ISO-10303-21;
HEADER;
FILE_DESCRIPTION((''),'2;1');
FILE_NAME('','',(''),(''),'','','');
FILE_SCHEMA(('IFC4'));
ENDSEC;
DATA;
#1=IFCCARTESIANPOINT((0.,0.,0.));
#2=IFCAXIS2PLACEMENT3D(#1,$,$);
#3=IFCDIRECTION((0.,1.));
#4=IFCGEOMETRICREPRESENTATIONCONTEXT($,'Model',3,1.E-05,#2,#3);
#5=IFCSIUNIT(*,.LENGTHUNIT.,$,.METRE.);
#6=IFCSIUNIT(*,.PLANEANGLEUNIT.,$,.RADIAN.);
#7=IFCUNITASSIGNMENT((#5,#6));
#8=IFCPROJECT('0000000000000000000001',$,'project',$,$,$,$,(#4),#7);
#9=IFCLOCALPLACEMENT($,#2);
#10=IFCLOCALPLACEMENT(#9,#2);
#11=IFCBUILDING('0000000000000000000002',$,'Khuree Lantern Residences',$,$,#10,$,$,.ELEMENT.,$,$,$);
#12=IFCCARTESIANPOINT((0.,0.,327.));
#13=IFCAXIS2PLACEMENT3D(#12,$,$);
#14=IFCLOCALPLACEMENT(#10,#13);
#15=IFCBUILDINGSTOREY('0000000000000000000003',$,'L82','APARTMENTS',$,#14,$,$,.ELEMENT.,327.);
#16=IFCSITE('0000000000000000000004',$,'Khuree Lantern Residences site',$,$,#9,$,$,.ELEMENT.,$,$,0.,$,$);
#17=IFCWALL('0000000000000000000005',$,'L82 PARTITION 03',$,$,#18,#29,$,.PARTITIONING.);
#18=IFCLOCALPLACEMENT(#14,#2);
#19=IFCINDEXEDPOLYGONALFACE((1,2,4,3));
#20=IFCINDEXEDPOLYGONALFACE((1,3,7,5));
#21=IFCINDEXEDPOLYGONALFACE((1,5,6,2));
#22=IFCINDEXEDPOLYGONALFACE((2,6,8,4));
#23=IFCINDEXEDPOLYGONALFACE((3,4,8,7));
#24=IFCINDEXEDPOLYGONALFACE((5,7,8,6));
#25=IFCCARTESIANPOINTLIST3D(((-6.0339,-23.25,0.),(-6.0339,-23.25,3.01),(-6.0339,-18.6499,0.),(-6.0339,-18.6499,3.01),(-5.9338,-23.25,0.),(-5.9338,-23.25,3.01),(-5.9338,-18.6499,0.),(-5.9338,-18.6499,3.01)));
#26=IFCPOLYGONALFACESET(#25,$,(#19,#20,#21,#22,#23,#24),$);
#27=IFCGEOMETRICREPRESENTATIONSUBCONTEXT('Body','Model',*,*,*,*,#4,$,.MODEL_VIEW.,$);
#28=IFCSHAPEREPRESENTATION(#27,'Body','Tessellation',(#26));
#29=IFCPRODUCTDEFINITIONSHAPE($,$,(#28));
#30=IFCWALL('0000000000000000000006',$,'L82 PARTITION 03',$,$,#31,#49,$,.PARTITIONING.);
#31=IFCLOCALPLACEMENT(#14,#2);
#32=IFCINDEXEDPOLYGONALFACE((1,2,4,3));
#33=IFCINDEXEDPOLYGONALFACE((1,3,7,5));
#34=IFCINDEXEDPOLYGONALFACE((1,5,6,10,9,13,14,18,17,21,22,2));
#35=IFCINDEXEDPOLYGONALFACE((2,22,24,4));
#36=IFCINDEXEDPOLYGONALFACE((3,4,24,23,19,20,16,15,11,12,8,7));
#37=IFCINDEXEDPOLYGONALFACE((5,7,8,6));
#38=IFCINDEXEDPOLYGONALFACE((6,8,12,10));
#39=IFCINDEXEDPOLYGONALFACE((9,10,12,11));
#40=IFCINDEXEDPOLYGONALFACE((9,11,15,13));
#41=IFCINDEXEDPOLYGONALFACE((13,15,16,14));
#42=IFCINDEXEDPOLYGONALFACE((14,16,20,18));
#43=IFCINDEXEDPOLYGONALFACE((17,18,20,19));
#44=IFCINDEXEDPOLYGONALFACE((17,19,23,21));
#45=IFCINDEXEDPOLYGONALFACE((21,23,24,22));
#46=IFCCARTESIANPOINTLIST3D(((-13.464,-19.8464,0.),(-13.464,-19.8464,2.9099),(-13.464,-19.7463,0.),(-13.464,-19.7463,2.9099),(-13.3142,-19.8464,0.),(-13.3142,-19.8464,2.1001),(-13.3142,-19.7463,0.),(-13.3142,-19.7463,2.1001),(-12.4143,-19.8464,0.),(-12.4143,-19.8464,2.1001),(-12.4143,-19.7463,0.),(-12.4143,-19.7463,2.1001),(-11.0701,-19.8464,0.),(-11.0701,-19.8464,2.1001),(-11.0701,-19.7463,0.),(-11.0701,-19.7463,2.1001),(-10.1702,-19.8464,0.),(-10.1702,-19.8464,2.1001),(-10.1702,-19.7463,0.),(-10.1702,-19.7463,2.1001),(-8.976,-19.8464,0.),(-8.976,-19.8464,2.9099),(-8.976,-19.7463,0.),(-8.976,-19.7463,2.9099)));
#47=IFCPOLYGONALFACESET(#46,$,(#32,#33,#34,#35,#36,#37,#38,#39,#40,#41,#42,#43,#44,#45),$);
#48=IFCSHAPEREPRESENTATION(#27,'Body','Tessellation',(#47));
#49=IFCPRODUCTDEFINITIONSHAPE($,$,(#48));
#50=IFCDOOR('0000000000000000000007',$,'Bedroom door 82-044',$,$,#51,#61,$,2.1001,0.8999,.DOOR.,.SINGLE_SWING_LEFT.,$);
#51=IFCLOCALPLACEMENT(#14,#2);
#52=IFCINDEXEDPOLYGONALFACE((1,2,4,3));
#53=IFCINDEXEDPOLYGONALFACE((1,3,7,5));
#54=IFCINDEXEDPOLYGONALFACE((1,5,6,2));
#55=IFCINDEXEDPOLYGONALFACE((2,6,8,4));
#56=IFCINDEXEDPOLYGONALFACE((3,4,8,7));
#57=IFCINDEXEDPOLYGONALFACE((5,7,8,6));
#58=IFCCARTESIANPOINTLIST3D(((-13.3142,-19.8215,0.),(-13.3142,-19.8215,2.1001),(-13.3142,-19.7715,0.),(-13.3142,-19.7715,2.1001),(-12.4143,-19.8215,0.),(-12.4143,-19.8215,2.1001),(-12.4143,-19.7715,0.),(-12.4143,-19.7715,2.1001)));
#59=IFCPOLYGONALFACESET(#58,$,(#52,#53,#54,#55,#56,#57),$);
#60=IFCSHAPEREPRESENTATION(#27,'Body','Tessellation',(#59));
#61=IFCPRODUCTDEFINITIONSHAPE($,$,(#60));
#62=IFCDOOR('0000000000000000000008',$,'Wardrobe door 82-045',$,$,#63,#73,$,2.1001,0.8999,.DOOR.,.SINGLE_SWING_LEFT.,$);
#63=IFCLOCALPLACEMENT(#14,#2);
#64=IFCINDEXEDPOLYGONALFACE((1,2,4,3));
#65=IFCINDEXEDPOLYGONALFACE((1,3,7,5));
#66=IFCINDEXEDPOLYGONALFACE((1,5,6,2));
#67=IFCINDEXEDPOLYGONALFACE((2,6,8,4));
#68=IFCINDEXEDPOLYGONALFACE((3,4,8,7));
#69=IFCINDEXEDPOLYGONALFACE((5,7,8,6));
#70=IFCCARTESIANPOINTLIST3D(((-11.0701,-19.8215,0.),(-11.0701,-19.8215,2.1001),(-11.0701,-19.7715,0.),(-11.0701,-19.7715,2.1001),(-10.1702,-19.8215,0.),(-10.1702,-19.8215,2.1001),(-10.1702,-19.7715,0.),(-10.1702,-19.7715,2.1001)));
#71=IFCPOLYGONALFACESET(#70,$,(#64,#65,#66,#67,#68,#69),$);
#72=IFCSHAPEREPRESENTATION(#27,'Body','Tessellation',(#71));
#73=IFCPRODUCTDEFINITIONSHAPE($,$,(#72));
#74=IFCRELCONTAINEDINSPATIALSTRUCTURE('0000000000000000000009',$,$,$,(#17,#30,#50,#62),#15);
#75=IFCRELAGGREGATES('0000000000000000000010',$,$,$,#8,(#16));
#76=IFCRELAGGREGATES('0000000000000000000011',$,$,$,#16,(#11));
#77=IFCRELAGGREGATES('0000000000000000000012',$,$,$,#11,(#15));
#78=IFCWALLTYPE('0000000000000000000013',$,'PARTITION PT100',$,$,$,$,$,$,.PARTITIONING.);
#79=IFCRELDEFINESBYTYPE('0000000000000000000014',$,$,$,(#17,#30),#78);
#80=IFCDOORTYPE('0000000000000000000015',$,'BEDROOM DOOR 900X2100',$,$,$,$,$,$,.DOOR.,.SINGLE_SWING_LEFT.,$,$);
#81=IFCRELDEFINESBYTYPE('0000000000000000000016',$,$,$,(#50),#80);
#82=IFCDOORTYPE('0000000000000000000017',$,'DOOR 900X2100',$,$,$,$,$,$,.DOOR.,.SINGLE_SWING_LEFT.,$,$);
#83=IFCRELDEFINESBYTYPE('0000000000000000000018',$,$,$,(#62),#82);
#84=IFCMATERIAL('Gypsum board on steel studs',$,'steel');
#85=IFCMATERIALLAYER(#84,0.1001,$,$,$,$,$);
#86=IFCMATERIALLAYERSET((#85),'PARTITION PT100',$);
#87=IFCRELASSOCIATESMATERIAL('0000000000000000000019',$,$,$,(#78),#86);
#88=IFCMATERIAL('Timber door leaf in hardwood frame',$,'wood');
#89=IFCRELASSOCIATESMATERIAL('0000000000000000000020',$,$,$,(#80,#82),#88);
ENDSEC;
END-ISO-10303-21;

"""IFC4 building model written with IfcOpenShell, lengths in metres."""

from ifc_helpers import new_model, si_unit, direction, frame, frame_2d, origin, place, context, subcontext, project, spatial, rectangle, extrude, material, layer, layer_set, type_object, element, fill, save


model = new_model("IFC4")

# Units and contexts
model_context = context("Model", 3, precision=1e-05, world=origin(), true_north=direction((0.0, 1.0)))
body_context = subcontext(model_context, "Body", "Model", "MODEL_VIEW")
ifc_project = project(units=[si_unit("LENGTHUNIT", "METRE"), si_unit("PLANEANGLEUNIT", "RADIAN")], contexts=[model_context])

# Site, building, storey
site_placement = place(None, origin())
site = spatial("IfcSite", under=ifc_project, at=site_placement, Name="Khuree Lantern Residences site", CompositionType="ELEMENT", RefElevation=0.0)
building_placement = place(site_placement, origin())
building = spatial("IfcBuilding", under=site, at=building_placement, Name="Khuree Lantern Residences", CompositionType="ELEMENT")
storey_placement = place(building_placement, frame((0.0, 0.0, 327.0)))
storey = spatial("IfcBuildingStorey", under=building, at=storey_placement, Name="L82", Description="APARTMENTS", CompositionType="ELEMENT", Elevation=327.0)

# Wall
ifc_material_1 = material(Name="Gypsum board on steel studs", Category="steel")
ifc_layer_1 = layer(ifc_material_1, 0.1001)
ifc_layer_set_1 = layer_set([ifc_layer_1], Name="PARTITION PT100")
wall_type = type_object("IfcWallType", Name="PARTITION PT100", PredefinedType="PARTITIONING", material=ifc_layer_set_1)
wall_1_placement = place(storey_placement, frame((-5.9839, -18.6499, 0.0), z_axis=(0.0, 0.0, 1.0), x_axis=(0.0, -1.0, 0.0)))
element("IfcWall", 1, at=wall_1_placement, inside=storey, type_object=wall_type, Name="L82 PARTITION 03", PredefinedType="PARTITIONING", context=body_context, shape_type="SweptSolid", body=[
    extrude(rectangle(XDim=4.6001, YDim=0.1001, at=frame_2d((2.3, 0.0))), origin(), (0.0, 0.0, 1.0), 3.01),
])

# Wall, openings, doors
wall_2_placement = place(storey_placement, frame((-13.4641, -19.7964, 0.0), z_axis=(0.0, 0.0, 1.0), x_axis=(1.0, 0.0, 0.0)))
wall_2 = element("IfcWall", 2, at=wall_2_placement, inside=storey, type_object=wall_type, Name="L82 PARTITION 03", PredefinedType="PARTITIONING", context=body_context, shape_type="SweptSolid", body=[
    extrude(rectangle(XDim=4.488, YDim=0.1001, at=frame_2d((2.2441, 0.0))), origin(), (0.0, 0.0, 1.0), 2.9099),
])
opening_1_placement = place(wall_2_placement, frame((0.1499, 0.0, 0.0)))
opening_1 = element("IfcOpeningElement", 3, at=opening_1_placement, cuts=wall_2, PredefinedType="OPENING", context=body_context, shape_type="SweptSolid", body=[
    extrude(rectangle(XDim=0.8999, YDim=2.1001, at=frame_2d((0.45, 1.05))), frame((0.0, 0.0601, 0.0), z_axis=(0.0, -1.0, 0.0), x_axis=(1.0, 0.0, 0.0)), (0.0, 0.0, 1.0), 0.1201),
])
opening_2_placement = place(wall_2_placement, frame((2.394, 0.0, 0.0)))
opening_2 = element("IfcOpeningElement", 4, at=opening_2_placement, cuts=wall_2, PredefinedType="OPENING", context=body_context, shape_type="SweptSolid", body=[
    extrude(rectangle(XDim=0.8999, YDim=2.1001, at=frame_2d((0.45, 1.05))), frame((0.0, 0.0601, 0.0), z_axis=(0.0, -1.0, 0.0), x_axis=(1.0, 0.0, 0.0)), (0.0, 0.0, 1.0), 0.1201),
])
ifc_material_2 = material(Name="Timber door leaf in hardwood frame", Category="wood")
door_type_1 = type_object("IfcDoorType", Name="BEDROOM DOOR 900X2100", OperationType="SINGLE_SWING_LEFT", PredefinedType="DOOR", material=ifc_material_2)
door_1_placement = place(opening_1_placement, origin())
door_1 = element("IfcDoor", 5, at=door_1_placement, inside=storey, type_object=door_type_1, Name="Bedroom door 82-044", OperationType="SINGLE_SWING_LEFT", OverallHeight=2.1001, OverallWidth=0.8999, PredefinedType="DOOR", context=body_context, shape_type="SweptSolid", body=[
    extrude(rectangle(XDim=0.8999, YDim=2.1001, at=frame_2d((0.45, 1.05))), frame((0.0, 0.0249, 0.0), z_axis=(0.0, -1.0, 0.0), x_axis=(1.0, 0.0, 0.0)), (0.0, 0.0, 1.0), 0.05),
])
fill(opening_1, door_1)
door_type_2 = type_object("IfcDoorType", Name="DOOR 900X2100", OperationType="SINGLE_SWING_LEFT", PredefinedType="DOOR", material=ifc_material_2)
door_2_placement = place(opening_2_placement, origin())
door_2 = element("IfcDoor", 6, at=door_2_placement, inside=storey, type_object=door_type_2, Name="Wardrobe door 82-045", OperationType="SINGLE_SWING_LEFT", OverallHeight=2.1001, OverallWidth=0.8999, PredefinedType="DOOR", context=body_context, shape_type="SweptSolid", body=[
    extrude(rectangle(XDim=0.8999, YDim=2.1001, at=frame_2d((0.45, 1.05))), frame((0.0, 0.0249, 0.0), z_axis=(0.0, -1.0, 0.0), x_axis=(1.0, 0.0, 0.0)), (0.0, 0.0, 1.0), 0.05),
])
fill(opening_2, door_2)

save(model, "model.ifc")
